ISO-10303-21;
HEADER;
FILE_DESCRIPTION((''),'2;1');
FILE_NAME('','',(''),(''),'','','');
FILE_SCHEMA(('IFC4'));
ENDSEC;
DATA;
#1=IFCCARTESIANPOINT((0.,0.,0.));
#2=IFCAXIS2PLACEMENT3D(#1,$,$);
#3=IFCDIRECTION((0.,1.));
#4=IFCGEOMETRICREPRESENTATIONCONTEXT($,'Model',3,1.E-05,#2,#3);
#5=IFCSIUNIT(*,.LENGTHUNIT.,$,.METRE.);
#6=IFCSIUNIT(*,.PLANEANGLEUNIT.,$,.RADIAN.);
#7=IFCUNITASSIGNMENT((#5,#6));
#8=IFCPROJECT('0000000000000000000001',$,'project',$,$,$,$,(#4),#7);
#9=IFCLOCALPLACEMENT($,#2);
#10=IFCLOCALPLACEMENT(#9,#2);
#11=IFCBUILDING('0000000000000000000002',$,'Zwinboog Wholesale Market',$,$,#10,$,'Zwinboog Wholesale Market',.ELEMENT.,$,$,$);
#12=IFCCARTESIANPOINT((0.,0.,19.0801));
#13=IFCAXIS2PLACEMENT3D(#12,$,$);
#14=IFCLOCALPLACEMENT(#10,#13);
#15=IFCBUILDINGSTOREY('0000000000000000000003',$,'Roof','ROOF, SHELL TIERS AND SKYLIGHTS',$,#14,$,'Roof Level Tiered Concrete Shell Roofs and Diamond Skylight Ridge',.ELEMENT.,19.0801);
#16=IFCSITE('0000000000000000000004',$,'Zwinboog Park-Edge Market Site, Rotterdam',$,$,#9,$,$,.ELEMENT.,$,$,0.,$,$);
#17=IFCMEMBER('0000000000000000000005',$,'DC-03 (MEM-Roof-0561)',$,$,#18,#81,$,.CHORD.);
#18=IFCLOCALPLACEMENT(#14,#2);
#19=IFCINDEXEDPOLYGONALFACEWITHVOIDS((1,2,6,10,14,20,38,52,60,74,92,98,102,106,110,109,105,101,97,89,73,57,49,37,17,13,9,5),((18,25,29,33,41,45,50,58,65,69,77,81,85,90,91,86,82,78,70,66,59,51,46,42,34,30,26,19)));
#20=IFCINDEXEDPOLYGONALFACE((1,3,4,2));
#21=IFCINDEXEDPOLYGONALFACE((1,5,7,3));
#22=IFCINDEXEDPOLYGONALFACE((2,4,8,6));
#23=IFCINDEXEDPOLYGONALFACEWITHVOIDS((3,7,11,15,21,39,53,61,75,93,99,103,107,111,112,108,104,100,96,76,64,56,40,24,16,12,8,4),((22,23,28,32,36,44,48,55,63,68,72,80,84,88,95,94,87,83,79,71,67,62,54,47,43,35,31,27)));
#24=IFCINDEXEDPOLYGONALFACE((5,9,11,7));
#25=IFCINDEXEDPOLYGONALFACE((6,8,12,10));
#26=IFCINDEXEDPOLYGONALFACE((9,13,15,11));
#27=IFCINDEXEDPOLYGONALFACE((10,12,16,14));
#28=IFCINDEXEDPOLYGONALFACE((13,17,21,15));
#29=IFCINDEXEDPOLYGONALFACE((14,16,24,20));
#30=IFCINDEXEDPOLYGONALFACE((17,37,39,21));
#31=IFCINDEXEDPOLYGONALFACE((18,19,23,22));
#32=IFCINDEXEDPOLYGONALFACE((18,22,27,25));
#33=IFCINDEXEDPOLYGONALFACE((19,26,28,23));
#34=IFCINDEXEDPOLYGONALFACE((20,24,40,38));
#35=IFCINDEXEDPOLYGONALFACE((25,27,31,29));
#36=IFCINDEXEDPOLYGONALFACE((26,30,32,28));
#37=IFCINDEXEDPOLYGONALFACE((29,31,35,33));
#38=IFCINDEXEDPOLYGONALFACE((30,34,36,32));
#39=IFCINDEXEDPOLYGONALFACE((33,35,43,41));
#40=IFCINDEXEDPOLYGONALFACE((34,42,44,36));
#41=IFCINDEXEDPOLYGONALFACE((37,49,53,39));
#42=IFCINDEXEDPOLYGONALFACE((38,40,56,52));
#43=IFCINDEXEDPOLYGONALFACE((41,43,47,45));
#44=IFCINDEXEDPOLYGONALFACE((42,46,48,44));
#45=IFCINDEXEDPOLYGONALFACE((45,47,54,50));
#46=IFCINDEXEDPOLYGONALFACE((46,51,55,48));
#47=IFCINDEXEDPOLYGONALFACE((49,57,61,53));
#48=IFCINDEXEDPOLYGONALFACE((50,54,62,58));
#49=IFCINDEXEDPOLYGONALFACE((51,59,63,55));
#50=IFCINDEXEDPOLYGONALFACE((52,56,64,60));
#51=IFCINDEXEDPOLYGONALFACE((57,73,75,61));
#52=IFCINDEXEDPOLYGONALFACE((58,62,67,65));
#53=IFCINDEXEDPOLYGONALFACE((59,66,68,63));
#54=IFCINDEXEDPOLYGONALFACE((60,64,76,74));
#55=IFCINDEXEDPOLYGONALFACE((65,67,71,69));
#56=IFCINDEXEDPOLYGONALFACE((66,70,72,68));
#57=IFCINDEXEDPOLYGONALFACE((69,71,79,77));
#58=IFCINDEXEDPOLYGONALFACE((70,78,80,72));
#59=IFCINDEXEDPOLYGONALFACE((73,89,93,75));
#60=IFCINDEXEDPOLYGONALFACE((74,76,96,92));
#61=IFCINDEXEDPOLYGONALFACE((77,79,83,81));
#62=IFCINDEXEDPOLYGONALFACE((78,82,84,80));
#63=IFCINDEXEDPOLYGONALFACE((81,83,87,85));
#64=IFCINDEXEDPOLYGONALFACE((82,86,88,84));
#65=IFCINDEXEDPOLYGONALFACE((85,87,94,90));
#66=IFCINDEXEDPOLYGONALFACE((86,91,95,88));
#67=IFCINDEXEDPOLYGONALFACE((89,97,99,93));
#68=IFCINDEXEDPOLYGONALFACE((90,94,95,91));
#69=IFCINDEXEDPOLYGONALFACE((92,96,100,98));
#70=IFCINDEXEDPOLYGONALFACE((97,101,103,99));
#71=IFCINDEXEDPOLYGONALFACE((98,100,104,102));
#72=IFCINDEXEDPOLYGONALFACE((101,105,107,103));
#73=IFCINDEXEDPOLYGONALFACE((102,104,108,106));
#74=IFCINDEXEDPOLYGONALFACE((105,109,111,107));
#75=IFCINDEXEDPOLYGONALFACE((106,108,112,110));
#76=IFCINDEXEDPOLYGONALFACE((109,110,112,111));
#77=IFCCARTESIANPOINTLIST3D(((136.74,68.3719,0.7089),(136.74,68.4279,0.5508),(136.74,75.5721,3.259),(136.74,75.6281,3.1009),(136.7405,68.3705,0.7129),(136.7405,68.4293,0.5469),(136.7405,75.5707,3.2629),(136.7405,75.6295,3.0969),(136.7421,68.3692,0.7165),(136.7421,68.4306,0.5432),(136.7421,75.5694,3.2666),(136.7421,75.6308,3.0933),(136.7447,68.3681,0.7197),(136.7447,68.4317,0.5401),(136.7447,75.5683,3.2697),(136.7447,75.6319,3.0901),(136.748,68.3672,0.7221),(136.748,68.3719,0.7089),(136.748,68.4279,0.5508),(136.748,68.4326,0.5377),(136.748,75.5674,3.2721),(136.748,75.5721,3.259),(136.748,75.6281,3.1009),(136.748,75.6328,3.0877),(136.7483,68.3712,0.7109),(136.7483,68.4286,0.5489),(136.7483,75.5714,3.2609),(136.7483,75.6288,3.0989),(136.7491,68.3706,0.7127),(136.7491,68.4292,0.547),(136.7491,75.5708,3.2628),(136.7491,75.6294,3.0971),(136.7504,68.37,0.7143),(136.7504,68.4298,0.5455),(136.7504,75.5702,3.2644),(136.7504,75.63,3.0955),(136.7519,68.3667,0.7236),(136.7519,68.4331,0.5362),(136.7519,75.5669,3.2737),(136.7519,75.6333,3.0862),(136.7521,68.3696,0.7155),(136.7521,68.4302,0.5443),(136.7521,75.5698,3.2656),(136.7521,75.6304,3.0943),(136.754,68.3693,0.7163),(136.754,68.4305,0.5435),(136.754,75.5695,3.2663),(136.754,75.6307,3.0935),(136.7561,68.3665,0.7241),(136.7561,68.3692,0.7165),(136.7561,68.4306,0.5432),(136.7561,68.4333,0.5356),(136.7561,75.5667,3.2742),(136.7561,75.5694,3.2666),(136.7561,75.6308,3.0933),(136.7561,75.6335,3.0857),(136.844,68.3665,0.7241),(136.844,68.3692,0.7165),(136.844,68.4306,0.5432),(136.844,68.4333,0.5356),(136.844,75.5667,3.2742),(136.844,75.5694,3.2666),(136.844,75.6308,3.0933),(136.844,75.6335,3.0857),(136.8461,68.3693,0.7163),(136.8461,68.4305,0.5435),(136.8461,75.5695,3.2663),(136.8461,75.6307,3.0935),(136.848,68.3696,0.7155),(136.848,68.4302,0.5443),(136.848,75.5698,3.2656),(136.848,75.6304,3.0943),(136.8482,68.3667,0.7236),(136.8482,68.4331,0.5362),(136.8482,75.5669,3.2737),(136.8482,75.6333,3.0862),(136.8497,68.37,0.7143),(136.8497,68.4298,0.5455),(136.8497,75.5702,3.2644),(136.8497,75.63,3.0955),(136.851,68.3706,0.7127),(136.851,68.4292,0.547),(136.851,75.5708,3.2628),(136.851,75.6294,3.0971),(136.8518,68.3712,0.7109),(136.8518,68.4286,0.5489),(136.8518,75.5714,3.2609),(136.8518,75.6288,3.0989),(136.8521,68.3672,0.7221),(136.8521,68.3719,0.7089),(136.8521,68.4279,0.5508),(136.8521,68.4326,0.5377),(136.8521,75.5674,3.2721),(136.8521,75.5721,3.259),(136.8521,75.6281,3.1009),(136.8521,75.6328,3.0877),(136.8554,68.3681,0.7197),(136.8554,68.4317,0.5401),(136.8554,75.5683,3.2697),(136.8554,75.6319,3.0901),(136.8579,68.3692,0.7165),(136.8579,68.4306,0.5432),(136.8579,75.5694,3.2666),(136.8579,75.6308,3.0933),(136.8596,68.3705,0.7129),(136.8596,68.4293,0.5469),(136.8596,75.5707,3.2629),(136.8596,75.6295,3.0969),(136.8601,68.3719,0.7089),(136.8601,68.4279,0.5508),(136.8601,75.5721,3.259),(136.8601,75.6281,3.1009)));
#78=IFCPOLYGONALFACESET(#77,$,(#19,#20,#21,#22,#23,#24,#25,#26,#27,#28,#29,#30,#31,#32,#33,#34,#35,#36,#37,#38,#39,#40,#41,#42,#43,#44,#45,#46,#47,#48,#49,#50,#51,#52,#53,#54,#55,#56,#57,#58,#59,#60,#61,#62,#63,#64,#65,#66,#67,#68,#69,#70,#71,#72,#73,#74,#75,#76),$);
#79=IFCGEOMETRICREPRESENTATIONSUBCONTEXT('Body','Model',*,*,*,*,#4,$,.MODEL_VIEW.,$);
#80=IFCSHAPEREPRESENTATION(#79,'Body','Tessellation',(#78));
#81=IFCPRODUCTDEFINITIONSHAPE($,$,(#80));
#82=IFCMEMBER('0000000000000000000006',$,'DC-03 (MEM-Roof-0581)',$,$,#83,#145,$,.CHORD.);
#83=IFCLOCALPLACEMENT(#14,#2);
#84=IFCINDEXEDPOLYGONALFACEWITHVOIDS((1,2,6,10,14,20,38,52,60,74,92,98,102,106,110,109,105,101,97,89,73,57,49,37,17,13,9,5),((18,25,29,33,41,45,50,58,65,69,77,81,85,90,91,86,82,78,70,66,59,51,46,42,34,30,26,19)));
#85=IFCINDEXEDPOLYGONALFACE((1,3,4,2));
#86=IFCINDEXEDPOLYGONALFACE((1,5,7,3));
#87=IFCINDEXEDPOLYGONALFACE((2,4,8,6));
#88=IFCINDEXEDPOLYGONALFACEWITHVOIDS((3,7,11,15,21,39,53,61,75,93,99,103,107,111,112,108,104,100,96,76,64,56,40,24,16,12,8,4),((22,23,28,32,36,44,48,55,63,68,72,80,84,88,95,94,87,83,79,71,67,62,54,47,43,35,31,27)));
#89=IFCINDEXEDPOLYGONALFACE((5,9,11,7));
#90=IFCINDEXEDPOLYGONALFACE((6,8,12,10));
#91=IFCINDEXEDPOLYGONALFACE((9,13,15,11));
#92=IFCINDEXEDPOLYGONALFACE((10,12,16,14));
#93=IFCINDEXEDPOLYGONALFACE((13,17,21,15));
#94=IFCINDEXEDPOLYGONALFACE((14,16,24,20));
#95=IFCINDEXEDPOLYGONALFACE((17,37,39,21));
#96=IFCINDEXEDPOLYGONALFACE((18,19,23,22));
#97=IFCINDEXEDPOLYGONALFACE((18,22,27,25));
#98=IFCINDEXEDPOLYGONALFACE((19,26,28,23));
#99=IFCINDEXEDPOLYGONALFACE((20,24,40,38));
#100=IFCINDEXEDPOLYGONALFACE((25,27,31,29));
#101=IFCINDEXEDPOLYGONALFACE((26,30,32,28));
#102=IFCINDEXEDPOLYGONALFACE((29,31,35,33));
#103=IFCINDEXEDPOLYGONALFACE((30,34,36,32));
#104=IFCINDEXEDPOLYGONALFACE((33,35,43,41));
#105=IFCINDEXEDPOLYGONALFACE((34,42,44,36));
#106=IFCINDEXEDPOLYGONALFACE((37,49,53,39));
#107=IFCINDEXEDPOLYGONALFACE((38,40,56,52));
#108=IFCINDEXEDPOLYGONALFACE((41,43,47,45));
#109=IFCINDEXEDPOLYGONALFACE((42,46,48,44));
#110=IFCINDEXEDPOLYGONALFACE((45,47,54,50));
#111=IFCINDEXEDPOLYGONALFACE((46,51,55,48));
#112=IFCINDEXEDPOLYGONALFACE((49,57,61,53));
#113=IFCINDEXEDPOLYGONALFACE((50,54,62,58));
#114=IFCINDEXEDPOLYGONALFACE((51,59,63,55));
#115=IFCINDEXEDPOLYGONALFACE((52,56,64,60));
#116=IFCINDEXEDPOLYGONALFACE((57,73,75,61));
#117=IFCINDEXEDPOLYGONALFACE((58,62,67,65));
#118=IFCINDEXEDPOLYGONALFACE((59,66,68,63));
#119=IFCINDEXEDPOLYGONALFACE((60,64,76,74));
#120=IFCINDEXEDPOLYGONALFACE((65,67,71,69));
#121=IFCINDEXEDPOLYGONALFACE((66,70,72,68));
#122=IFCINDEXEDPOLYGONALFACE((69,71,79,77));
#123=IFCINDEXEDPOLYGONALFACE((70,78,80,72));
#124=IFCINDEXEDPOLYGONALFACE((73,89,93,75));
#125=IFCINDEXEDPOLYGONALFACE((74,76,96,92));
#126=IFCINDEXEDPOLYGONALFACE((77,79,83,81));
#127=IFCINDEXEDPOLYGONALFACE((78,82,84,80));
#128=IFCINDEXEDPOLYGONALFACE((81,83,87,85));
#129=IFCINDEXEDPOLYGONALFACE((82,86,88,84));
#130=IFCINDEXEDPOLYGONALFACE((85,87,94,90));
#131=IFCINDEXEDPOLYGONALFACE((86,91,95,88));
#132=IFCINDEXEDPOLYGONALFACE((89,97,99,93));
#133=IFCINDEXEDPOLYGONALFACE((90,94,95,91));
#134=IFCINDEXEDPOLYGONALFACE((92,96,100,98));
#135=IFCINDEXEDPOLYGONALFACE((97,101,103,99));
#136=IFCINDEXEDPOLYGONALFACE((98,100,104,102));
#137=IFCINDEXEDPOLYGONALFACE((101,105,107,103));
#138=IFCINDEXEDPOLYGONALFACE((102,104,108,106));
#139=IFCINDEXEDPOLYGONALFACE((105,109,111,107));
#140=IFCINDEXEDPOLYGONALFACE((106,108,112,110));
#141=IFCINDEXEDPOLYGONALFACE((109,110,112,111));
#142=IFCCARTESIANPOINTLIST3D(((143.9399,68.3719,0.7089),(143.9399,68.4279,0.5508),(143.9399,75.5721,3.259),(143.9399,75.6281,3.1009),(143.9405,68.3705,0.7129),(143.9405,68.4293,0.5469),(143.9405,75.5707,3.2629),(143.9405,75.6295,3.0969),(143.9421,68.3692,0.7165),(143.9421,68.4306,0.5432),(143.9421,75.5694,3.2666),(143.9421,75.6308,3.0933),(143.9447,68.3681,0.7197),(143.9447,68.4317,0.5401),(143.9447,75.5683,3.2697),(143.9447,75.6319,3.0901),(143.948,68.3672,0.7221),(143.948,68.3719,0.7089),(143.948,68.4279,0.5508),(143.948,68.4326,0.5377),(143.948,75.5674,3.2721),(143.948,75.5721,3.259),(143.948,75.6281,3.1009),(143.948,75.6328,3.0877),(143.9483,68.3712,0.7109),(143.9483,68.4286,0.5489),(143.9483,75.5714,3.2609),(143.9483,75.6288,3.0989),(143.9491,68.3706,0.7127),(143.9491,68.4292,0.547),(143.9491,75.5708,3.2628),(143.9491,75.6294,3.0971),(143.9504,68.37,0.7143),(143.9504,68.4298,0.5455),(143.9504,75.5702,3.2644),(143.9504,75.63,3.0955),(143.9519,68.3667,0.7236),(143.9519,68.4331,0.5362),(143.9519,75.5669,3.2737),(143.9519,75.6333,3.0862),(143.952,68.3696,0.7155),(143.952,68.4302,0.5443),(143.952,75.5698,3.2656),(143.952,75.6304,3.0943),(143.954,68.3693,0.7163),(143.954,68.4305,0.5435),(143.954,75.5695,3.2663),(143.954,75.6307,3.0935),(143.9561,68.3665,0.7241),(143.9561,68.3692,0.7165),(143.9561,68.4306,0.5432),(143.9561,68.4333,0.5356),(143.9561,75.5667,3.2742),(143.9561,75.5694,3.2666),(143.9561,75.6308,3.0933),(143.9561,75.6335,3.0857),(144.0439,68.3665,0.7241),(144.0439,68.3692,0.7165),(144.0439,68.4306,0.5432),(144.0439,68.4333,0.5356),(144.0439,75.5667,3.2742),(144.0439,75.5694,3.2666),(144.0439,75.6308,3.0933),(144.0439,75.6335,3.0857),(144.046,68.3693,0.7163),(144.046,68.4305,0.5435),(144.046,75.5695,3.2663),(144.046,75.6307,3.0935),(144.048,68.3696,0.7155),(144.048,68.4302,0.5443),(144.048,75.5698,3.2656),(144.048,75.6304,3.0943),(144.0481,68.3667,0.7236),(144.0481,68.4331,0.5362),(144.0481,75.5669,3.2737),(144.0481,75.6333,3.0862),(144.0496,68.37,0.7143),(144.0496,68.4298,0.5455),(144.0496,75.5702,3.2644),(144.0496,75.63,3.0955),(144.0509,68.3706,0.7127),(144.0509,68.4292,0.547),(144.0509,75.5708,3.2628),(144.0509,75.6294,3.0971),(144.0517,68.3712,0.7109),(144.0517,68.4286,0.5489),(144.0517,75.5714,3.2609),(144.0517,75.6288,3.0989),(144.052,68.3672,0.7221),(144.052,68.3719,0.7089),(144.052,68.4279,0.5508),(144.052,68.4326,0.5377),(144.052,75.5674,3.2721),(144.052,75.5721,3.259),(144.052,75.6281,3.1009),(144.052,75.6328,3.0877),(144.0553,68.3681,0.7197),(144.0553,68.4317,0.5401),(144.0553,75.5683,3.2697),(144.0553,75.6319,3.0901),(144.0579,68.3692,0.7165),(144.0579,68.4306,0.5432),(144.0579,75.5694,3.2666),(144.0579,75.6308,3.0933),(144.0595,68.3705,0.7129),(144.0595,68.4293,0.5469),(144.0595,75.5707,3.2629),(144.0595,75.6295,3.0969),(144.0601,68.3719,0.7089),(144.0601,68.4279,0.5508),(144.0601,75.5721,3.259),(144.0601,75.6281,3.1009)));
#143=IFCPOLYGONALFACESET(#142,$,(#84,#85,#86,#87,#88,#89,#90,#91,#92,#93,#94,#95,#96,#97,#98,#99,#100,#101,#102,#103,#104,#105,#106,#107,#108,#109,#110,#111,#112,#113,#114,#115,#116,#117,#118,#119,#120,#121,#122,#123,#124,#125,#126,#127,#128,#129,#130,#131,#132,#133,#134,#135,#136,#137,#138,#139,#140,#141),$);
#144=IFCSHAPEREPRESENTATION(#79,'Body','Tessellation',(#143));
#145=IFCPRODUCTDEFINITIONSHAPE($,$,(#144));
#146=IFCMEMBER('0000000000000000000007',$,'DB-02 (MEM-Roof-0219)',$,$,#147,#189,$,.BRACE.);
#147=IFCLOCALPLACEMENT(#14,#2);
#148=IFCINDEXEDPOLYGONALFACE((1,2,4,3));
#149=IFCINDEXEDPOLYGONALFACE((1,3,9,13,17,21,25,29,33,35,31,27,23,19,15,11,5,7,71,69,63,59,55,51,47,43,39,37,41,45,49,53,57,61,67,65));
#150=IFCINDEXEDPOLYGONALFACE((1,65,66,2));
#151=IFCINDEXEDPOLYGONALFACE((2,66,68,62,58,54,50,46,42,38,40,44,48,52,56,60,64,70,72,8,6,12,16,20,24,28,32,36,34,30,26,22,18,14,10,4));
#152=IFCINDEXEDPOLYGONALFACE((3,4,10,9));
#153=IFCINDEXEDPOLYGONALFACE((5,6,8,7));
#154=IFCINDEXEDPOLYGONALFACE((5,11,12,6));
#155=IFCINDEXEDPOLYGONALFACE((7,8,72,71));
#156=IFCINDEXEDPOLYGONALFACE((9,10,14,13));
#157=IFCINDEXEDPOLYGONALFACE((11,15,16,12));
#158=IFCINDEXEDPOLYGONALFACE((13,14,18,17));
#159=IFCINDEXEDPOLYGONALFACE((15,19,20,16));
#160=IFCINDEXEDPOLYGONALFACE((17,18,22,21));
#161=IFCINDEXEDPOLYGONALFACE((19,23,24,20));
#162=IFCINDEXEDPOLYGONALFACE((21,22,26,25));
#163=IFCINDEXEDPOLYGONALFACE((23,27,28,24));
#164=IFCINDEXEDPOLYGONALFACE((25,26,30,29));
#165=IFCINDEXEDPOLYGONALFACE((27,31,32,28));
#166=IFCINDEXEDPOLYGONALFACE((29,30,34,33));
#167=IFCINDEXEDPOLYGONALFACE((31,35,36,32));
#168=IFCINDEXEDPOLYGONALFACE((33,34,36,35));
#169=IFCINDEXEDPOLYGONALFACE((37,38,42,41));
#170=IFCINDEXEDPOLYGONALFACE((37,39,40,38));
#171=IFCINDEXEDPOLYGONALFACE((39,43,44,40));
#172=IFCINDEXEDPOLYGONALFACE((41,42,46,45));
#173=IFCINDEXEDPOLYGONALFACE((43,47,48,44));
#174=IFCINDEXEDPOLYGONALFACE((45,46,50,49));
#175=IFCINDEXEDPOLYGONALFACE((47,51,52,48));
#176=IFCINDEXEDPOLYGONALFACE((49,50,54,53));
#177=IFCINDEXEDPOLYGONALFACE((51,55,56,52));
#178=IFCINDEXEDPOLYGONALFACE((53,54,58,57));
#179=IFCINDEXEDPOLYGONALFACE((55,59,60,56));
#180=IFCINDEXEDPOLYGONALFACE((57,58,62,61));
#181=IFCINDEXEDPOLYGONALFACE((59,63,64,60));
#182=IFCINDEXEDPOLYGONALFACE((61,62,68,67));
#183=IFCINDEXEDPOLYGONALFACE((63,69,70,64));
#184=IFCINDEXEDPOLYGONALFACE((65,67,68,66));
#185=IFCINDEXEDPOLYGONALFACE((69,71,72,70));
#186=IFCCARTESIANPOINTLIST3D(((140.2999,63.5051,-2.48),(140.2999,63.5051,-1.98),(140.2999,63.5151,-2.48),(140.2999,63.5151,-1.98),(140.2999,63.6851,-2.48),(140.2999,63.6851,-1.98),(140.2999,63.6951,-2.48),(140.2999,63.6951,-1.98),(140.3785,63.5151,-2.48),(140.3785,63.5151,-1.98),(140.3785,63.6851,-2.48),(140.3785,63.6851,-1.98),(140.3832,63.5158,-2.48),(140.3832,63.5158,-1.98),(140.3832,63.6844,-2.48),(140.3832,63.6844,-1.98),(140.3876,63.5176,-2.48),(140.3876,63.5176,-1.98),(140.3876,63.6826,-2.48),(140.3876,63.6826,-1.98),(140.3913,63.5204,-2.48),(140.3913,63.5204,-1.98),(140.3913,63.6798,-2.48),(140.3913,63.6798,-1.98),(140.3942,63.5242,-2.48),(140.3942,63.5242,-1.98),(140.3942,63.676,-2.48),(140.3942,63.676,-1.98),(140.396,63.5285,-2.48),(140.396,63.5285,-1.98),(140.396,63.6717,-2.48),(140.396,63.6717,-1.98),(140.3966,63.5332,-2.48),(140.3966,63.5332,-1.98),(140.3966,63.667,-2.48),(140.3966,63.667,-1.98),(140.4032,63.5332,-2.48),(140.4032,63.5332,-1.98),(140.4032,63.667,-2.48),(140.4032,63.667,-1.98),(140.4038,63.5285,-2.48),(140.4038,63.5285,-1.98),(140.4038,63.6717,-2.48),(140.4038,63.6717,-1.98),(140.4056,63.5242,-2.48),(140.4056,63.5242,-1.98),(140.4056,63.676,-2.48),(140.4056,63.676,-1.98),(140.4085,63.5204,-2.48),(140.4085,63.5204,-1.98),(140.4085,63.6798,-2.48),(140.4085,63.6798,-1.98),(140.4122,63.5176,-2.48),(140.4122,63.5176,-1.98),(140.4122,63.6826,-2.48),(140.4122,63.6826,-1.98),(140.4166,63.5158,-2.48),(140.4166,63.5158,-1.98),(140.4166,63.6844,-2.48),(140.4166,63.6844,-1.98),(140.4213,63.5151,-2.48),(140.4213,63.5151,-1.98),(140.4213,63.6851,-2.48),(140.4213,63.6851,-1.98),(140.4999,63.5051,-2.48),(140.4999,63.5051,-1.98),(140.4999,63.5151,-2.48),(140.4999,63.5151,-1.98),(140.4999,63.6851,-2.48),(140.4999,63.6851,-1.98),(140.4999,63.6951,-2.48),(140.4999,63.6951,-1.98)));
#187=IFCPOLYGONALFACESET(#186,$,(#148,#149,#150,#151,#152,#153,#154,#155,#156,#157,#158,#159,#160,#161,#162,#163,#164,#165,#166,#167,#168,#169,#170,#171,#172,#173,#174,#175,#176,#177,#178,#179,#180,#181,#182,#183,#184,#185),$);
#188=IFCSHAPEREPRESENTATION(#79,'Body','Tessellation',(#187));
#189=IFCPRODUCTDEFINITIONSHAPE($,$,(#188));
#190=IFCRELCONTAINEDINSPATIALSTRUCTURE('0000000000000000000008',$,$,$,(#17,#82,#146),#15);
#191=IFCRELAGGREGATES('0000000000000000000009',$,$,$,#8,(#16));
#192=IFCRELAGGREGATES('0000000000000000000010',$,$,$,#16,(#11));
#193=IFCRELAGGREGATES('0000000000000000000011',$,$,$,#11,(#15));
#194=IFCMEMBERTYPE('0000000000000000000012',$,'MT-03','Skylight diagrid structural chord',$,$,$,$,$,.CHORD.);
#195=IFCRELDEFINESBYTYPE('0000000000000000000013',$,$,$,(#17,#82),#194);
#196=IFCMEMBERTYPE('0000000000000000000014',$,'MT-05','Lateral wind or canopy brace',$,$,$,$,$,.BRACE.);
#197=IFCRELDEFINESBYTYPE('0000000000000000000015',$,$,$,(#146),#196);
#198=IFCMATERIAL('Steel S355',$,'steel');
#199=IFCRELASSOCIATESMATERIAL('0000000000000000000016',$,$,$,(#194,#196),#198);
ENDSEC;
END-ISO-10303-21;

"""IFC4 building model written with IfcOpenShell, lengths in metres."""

from ifc_helpers import new_model, si_unit, direction, frame, origin, origin_2d, place, context, subcontext, project, spatial, hollow_rectangle, i_section, extrude, material, material_profile, profile_set, type_object, element, save


model = new_model("IFC4")

# Units and contexts
model_context = context("Model", 3, precision=1e-05, world=origin(), true_north=direction((0.0, 1.0)))
body_context = subcontext(model_context, "Body", "Model", "MODEL_VIEW")
ifc_project = project(units=[si_unit("LENGTHUNIT", "METRE"), si_unit("PLANEANGLEUNIT", "RADIAN")], contexts=[model_context])

# Site, building, storey
site_placement = place(None, origin())
site = spatial("IfcSite", under=ifc_project, at=site_placement, Name="Zwinboog Park-Edge Market Site, Rotterdam", CompositionType="ELEMENT", RefElevation=0.0)
building_placement = place(site_placement, origin())
building = spatial("IfcBuilding", under=site, at=building_placement, Name="Zwinboog Wholesale Market", LongName="Zwinboog Wholesale Market", CompositionType="ELEMENT")
storey_placement = place(building_placement, frame((0.0, 0.0, 19.0801)))
storey = spatial("IfcBuildingStorey", under=building, at=storey_placement, Name="Roof", Description="ROOF, SHELL TIERS AND SKYLIGHTS", LongName="Roof Level Tiered Concrete Shell Roofs and Diamond Skylight Ridge", CompositionType="ELEMENT", Elevation=19.0801)

# Members
ifc_material_1 = material(Name="Steel S355", Category="steel")
ifc_material_profile_1 = material_profile(ifc_material_1, hollow_rectangle(XDim=0.1201, YDim=0.2, WallThickness=0.0081, InnerFilletRadius=0.0081, OuterFilletRadius=0.0161, at=origin_2d()), Name="RHS 200x120x8")
ifc_profile_set_1 = profile_set([ifc_material_profile_1], Name="Steel S355")
member_type_1 = type_object("IfcMemberType", Name="MT-03", Description="Skylight diagrid structural chord", PredefinedType="CHORD", material=ifc_profile_set_1)
for number, where, z_axis, x_axis, name in (
    (1, (136.8, 68.3999, 0.6299), (0.0, 0.942628, 0.333845), (-1.0, 0.0, 0.0), "DC-03 (MEM-Roof-0561)"),
    (2, (144.0, 68.3999, 0.6299), (0.0, 0.942628, 0.333845), (-1.0, 0.0, 0.0), "DC-03 (MEM-Roof-0581)"),
):
    element("IfcMember", number, at=place(storey_placement, frame(where, z_axis=z_axis, x_axis=x_axis)), inside=storey, type_object=member_type_1, Name=name, PredefinedType="CHORD", context=body_context, shape_type="SweptSolid", body=[
        extrude(hollow_rectangle(XDim=0.1201, YDim=0.2, WallThickness=0.0081, InnerFilletRadius=0.0081, OuterFilletRadius=0.0161, at=origin_2d()), origin(), (0.0, 0.0, 1.0), 7.6384),
    ])
ifc_material_profile_2 = material_profile(ifc_material_1, i_section(OverallWidth=0.2, OverallDepth=0.1899, WebThickness=0.0066, FlangeThickness=0.01, FilletRadius=0.0181, at=origin_2d()), Name="HEA 200")
ifc_profile_set_2 = profile_set([ifc_material_profile_2], Name="Steel S355")
member_type_2 = type_object("IfcMemberType", Name="MT-05", Description="Lateral wind or canopy brace", PredefinedType="BRACE", material=ifc_profile_set_2)
for number, where, z_axis, x_axis, name in (
    (3, (140.3999, 63.6001, -2.48), (0.0, 0.0, 1.0), (1.0, 0.0, 0.0), "DB-02 (MEM-Roof-0219)"),
):
    element("IfcMember", number, at=place(storey_placement, frame(where, z_axis=z_axis, x_axis=x_axis)), inside=storey, type_object=member_type_2, Name=name, PredefinedType="BRACE", context=body_context, shape_type="SweptSolid", body=[
        extrude(i_section(OverallWidth=0.2, OverallDepth=0.1899, WebThickness=0.0066, FlangeThickness=0.01, FilletRadius=0.0181, at=origin_2d()), origin(), (0.0, 0.0, 1.0), 0.5),
    ])

save(model, "model.ifc")
